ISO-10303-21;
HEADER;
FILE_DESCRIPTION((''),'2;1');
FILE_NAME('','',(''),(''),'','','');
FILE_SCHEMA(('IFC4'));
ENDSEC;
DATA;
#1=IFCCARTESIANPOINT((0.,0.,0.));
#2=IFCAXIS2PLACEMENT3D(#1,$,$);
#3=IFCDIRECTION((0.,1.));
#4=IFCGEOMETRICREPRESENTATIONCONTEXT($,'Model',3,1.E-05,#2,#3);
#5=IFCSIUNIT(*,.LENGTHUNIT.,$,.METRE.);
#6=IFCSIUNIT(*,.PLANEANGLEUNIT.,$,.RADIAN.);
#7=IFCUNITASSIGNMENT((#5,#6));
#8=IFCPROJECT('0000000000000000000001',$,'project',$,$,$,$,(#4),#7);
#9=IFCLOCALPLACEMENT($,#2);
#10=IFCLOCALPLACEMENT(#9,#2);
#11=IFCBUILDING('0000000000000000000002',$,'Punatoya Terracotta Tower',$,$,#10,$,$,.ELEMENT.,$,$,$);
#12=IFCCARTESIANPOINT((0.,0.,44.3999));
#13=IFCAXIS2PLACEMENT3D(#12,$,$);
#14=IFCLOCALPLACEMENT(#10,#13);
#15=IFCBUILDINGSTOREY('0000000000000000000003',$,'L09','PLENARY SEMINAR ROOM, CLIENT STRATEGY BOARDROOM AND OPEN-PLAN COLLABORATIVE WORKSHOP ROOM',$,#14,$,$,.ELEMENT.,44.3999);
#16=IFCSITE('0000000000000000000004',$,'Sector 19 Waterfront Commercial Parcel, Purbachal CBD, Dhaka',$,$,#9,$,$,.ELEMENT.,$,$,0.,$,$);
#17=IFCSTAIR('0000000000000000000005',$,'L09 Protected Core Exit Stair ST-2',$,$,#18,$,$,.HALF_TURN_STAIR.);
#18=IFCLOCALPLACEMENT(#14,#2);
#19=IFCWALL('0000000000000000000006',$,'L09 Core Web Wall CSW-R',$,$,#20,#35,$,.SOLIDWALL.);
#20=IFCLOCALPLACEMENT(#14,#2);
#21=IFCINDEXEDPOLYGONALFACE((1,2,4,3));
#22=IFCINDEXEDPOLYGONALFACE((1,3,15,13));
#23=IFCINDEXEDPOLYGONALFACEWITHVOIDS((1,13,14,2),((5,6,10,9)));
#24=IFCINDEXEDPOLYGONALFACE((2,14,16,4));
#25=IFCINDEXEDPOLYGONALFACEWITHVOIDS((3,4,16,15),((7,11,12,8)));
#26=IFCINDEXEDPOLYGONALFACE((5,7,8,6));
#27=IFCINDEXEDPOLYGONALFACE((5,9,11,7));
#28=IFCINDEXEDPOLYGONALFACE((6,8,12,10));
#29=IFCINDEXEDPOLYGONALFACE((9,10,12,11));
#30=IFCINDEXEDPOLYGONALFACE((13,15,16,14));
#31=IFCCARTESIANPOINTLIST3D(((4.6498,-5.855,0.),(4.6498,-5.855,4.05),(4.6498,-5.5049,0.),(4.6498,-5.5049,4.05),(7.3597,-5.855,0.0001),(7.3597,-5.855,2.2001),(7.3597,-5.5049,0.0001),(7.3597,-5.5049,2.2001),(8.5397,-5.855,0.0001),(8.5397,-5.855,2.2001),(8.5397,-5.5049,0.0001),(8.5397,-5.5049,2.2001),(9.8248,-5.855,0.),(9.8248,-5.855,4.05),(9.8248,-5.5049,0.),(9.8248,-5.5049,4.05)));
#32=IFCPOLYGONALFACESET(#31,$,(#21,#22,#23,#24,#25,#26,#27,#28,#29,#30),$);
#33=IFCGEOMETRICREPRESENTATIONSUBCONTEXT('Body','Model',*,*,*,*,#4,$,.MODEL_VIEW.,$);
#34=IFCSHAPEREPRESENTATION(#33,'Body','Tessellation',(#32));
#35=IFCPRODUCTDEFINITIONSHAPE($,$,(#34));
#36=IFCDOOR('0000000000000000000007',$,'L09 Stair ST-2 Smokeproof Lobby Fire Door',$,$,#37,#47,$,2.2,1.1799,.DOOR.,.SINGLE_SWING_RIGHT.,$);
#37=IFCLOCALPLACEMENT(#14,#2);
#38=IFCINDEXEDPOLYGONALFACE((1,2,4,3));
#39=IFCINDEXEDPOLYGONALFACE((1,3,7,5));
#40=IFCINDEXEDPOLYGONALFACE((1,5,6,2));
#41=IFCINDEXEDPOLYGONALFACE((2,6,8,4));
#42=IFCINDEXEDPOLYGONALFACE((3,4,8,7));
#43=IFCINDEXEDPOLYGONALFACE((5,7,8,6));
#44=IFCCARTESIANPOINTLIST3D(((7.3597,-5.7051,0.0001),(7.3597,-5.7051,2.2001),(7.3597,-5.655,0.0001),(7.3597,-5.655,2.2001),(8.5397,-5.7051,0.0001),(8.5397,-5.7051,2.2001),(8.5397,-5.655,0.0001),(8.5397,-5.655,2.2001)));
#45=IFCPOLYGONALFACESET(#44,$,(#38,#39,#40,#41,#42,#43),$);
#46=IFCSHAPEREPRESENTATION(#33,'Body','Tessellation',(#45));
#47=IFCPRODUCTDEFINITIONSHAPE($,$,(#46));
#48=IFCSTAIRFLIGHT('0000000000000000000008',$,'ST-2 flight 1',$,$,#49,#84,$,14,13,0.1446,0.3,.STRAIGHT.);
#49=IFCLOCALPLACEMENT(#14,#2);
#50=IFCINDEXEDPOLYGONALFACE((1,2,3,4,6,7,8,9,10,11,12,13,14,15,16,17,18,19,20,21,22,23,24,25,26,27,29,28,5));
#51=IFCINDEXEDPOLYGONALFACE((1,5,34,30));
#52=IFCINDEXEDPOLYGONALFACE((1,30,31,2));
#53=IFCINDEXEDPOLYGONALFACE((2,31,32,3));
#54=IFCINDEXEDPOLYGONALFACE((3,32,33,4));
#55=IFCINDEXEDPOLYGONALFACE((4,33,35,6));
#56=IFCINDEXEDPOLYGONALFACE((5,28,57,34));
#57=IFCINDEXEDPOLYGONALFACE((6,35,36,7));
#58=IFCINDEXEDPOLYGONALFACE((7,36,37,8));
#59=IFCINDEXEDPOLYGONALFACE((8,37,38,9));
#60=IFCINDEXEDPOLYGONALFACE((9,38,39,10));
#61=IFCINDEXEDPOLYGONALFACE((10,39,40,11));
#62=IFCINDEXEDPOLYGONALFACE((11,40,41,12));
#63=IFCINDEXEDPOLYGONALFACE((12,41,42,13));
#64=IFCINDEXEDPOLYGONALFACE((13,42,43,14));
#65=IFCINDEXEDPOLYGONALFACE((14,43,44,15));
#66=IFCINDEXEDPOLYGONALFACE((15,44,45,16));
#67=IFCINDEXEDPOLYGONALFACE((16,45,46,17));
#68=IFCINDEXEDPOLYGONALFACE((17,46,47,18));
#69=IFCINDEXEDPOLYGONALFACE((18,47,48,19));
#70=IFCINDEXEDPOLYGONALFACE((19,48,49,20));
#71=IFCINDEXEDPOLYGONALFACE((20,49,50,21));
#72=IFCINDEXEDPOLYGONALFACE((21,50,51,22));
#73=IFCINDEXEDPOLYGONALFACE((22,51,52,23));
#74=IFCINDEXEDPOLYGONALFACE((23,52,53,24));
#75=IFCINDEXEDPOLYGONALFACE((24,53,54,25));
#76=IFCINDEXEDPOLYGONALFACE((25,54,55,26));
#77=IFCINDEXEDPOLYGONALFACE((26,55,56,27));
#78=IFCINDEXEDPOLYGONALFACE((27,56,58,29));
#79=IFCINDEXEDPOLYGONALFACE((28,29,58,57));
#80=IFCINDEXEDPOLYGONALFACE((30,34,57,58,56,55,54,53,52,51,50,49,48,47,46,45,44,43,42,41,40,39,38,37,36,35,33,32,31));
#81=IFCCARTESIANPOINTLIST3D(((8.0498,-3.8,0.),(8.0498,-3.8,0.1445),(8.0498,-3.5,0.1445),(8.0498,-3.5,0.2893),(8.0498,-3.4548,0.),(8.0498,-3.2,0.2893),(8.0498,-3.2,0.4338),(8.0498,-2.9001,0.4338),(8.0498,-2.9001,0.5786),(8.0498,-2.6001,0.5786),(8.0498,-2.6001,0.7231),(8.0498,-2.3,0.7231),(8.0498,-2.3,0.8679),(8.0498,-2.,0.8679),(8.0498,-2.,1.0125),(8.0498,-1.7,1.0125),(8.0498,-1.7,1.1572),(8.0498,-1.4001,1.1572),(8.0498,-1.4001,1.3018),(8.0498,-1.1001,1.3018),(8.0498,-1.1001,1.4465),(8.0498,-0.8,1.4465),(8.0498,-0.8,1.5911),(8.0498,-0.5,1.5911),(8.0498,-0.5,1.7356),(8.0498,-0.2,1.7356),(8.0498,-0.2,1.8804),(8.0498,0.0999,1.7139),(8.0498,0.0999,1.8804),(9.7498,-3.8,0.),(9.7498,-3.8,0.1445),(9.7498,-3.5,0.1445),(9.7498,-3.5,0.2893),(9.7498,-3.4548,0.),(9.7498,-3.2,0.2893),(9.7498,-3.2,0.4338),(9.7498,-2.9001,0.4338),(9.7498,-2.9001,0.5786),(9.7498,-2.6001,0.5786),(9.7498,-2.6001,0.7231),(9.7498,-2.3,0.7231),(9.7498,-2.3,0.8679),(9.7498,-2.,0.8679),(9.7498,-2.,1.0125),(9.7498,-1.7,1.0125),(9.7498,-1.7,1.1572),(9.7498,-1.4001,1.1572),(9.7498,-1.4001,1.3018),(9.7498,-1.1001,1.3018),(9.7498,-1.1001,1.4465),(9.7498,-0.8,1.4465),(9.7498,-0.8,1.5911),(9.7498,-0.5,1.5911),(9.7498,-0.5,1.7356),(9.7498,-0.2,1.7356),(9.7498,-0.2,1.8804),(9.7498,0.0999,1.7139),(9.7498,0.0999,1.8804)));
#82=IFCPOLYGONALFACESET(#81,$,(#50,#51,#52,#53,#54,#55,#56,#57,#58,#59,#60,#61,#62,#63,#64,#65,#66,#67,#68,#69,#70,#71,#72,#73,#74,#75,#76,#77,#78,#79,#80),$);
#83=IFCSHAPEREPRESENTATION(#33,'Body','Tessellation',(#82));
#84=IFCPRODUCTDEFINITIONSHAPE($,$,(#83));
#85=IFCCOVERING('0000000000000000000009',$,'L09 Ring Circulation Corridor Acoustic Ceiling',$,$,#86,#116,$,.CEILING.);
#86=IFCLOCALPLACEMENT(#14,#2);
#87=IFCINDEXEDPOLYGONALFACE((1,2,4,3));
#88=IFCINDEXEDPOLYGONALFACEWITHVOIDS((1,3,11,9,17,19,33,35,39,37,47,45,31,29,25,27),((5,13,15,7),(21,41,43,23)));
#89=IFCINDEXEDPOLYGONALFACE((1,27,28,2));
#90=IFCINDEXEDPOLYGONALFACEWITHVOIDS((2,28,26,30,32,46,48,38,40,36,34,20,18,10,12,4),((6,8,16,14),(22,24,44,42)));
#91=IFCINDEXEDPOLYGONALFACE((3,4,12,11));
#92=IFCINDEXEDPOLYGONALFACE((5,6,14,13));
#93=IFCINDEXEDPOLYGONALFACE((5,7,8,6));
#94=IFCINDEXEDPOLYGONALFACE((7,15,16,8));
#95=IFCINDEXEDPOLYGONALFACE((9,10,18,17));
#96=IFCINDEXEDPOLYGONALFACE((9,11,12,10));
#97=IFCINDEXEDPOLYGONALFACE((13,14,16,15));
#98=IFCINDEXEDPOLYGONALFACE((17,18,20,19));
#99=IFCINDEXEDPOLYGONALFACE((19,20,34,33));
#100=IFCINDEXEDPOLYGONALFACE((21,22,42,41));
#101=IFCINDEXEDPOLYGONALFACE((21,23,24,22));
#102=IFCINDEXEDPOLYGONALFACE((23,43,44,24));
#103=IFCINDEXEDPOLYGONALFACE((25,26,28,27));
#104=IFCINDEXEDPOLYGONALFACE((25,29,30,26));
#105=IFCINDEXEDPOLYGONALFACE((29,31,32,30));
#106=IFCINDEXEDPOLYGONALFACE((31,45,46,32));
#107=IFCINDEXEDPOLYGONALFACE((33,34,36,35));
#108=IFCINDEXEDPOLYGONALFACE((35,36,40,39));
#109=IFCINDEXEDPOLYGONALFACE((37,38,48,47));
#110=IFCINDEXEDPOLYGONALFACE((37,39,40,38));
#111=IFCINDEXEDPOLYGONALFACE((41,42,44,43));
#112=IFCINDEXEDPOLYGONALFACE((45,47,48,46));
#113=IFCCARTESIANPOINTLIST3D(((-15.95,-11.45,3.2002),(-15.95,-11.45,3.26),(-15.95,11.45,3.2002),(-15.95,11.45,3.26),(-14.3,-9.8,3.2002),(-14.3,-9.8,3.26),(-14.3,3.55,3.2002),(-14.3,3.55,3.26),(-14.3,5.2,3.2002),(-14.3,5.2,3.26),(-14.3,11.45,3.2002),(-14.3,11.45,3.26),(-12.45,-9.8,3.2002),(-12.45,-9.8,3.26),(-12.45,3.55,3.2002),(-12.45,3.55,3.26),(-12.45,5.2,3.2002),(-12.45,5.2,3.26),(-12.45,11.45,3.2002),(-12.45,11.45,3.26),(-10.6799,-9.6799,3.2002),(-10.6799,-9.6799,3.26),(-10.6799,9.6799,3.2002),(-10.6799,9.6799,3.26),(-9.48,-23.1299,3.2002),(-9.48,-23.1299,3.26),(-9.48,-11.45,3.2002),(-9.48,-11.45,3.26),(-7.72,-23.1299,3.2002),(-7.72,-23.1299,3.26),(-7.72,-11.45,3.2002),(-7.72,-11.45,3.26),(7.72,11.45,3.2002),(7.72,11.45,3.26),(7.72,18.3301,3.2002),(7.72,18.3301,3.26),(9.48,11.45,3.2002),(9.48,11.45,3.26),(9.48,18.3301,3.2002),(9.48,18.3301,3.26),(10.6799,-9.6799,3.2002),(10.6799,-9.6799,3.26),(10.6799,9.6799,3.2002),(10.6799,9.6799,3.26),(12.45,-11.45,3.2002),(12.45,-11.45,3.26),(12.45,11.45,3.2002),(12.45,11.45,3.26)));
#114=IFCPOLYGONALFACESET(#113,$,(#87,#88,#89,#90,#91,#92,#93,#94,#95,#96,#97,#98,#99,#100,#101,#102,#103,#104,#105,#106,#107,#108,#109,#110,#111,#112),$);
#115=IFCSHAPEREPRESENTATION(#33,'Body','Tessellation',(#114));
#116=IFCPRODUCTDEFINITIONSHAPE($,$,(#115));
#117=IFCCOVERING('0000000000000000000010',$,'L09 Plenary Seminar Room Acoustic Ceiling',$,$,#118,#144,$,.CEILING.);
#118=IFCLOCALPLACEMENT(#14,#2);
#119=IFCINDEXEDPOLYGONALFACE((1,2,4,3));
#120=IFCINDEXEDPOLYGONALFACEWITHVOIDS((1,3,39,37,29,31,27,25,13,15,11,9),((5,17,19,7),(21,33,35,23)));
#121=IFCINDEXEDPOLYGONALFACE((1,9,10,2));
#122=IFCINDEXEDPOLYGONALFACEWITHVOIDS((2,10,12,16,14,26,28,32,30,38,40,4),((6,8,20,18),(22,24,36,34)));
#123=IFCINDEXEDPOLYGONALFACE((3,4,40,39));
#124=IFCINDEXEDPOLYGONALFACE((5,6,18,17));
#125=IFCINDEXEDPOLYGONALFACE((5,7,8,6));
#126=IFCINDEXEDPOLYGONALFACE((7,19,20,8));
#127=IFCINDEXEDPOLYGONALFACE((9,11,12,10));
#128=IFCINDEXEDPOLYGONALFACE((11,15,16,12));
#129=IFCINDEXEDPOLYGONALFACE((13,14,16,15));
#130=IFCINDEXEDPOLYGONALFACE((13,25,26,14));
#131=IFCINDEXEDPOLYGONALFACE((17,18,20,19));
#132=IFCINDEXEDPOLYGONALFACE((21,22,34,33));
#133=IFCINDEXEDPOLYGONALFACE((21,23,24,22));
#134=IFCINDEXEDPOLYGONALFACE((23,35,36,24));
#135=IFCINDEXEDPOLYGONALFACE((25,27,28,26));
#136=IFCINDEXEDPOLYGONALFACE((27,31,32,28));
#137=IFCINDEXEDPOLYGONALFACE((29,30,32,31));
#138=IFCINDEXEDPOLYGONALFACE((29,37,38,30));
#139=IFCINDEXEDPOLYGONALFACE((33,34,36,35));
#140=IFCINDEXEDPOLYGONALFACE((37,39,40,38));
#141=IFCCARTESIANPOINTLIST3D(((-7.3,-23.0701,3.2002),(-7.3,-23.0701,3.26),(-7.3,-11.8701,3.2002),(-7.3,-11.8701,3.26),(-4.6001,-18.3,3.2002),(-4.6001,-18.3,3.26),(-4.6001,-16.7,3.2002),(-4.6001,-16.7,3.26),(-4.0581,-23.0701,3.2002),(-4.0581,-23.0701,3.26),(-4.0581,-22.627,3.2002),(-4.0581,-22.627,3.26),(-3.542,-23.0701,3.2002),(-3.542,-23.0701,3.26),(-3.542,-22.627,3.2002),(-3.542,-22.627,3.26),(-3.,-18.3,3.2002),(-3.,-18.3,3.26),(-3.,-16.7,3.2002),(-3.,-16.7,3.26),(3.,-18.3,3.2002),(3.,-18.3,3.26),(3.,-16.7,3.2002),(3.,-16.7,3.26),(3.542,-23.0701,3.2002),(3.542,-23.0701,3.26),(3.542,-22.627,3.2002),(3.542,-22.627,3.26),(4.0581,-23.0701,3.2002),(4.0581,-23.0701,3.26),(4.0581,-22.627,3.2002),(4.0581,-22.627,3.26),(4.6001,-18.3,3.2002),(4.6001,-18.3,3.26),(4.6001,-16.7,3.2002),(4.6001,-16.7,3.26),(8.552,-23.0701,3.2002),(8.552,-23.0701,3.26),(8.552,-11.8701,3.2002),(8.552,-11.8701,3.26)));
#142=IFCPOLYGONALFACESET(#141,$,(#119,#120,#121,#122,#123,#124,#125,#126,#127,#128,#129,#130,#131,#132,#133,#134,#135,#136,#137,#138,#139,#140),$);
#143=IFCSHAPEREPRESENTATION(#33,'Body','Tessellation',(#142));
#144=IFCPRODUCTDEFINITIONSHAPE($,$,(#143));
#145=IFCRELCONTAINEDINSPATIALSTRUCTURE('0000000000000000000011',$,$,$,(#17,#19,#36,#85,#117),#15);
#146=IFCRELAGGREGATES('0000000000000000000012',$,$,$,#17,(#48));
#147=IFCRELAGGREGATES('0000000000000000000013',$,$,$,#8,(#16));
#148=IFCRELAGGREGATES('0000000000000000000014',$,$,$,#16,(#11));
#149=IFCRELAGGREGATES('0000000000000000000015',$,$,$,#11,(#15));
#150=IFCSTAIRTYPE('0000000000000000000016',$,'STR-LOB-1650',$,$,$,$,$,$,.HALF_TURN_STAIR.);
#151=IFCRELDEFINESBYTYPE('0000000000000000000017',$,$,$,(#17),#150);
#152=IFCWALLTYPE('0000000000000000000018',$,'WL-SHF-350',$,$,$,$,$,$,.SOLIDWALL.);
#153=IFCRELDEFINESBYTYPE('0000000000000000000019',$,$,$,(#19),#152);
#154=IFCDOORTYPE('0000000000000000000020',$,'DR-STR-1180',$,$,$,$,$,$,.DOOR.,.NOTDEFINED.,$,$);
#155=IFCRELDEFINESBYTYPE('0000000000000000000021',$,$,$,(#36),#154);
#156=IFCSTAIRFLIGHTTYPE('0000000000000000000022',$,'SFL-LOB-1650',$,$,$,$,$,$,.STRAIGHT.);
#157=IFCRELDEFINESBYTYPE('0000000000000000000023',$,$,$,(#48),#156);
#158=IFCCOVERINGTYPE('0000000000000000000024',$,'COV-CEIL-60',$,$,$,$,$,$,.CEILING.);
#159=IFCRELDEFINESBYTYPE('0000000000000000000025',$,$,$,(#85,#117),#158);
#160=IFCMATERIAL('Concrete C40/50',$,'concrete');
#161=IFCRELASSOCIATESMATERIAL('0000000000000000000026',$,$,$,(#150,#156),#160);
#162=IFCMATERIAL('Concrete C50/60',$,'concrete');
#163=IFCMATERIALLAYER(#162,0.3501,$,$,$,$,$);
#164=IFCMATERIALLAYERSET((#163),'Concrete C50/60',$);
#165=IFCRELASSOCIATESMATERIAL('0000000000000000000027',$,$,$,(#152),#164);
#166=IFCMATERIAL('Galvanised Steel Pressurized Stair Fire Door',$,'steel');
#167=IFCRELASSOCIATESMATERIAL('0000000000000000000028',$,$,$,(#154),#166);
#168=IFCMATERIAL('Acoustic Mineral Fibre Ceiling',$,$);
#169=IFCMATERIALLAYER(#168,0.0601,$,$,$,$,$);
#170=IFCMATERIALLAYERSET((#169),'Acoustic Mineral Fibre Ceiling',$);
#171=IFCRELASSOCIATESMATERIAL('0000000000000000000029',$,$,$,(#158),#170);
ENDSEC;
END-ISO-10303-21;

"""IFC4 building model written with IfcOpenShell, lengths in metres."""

from ifc_helpers import new_model, si_unit, direction, frame, frame_2d, origin, place, context, subcontext, project, spatial, polyline, rectangle, outline, extrude, material, layer, layer_set, type_object, element, fill, aggregate, save


model = new_model("IFC4")

# Units and contexts
model_context = context("Model", 3, precision=1e-05, world=origin(), true_north=direction((0.0, 1.0)))
body_context = subcontext(model_context, "Body", "Model", "MODEL_VIEW")
ifc_project = project(units=[si_unit("LENGTHUNIT", "METRE"), si_unit("PLANEANGLEUNIT", "RADIAN")], contexts=[model_context])

# Site, building, storey
site_placement = place(None, origin())
site = spatial("IfcSite", under=ifc_project, at=site_placement, Name="Sector 19 Waterfront Commercial Parcel, Purbachal CBD, Dhaka", CompositionType="ELEMENT", RefElevation=0.0)
building_placement = place(site_placement, origin())
building = spatial("IfcBuilding", under=site, at=building_placement, Name="Punatoya Terracotta Tower", CompositionType="ELEMENT")
storey_placement = place(building_placement, frame((0.0, 0.0, 44.3999)))
storey = spatial("IfcBuildingStorey", under=building, at=storey_placement, Name="L09", Description="PLENARY SEMINAR ROOM, CLIENT STRATEGY BOARDROOM AND OPEN-PLAN COLLABORATIVE WORKSHOP ROOM", CompositionType="ELEMENT", Elevation=44.3999)

# Stair
ifc_material_1 = material(Name="Concrete C40/50", Category="concrete")
stair_type_1 = type_object("IfcStairType", Name="STR-LOB-1650", PredefinedType="HALF_TURN_STAIR", material=ifc_material_1)
stair_1_placement = place(storey_placement, origin())
stair_1 = element("IfcStair", 1, at=stair_1_placement, inside=storey, type_object=stair_type_1, Name="L09 Protected Core Exit Stair ST-2", PredefinedType="HALF_TURN_STAIR")

# Wall, opening, door
ifc_material_2 = material(Name="Concrete C50/60", Category="concrete")
ifc_layer_1 = layer(ifc_material_2, 0.3501)
ifc_layer_set_1 = layer_set([ifc_layer_1], Name="Concrete C50/60")
wall_type_1 = type_object("IfcWallType", Name="WL-SHF-350", PredefinedType="SOLIDWALL", material=ifc_layer_set_1)
wall_1_placement = place(storey_placement, frame((4.6499, -5.6799, 0.0), z_axis=(0.0, 0.0, 1.0), x_axis=(1.0, 0.0, 0.0)))
wall_1 = element("IfcWall", 2, at=wall_1_placement, inside=storey, type_object=wall_type_1, Name="L09 Core Web Wall CSW-R", PredefinedType="SOLIDWALL", context=body_context, shape_type="SweptSolid", body=[
    extrude(rectangle(XDim=5.175, YDim=0.3501, at=frame_2d((2.5874, 0.0))), origin(), (0.0, 0.0, 1.0), 4.05),
])
opening_1_placement = place(wall_1_placement, frame((2.71, 0.0, 0.0)))
opening_1 = element("IfcOpeningElement", 3, at=opening_1_placement, cuts=wall_1, PredefinedType="OPENING", context=body_context, shape_type="SweptSolid", body=[
    extrude(rectangle(XDim=1.1799, YDim=2.2, at=frame_2d((0.5898, 1.1001))), frame((0.0, 0.1851, 0.0), z_axis=(0.0, -1.0, 0.0), x_axis=(1.0, 0.0, 0.0)), (0.0, 0.0, 1.0), 0.3701),
])
ifc_material_3 = material(Name="Galvanised Steel Pressurized Stair Fire Door", Category="steel")
door_type_1 = type_object("IfcDoorType", Name="DR-STR-1180", OperationType="NOTDEFINED", PredefinedType="DOOR", material=ifc_material_3)
door_1_placement = place(opening_1_placement, origin())
door_1 = element("IfcDoor", 4, at=door_1_placement, inside=storey, type_object=door_type_1, Name="L09 Stair ST-2 Smokeproof Lobby Fire Door", OperationType="SINGLE_SWING_RIGHT", OverallHeight=2.2, OverallWidth=1.1799, PredefinedType="DOOR", context=body_context, shape_type="SweptSolid", body=[
    extrude(rectangle(XDim=1.1799, YDim=2.2, at=frame_2d((0.5898, 1.1001))), frame((0.0, 0.0249, 0.0), z_axis=(0.0, -1.0, 0.0), x_axis=(1.0, 0.0, 0.0)), (0.0, 0.0, 1.0), 0.05),
])
fill(opening_1, door_1)

# Stair flight
stair_flight_type = type_object("IfcStairFlightType", Name="SFL-LOB-1650", PredefinedType="STRAIGHT", material=ifc_material_1)
stair_flight_placement = place(storey_placement, frame((8.8999, -3.8, 0.0), z_axis=(0.0, 0.0, 1.0), x_axis=(0.0, 1.0, 0.0)))
stair_flight = element("IfcStairFlight", 5, at=stair_flight_placement, type_object=stair_flight_type, Name="ST-2 flight 1", NumberOfRisers=14, NumberOfTreads=13, PredefinedType="STRAIGHT", RiserHeight=0.1446, TreadLength=0.3, context=body_context, shape_type="SweptSolid", body=[
    extrude(outline(polyline([(0.0, 0.0), (0.0, 0.1445), (0.3, 0.1445), (0.3, 0.2893), (0.6001, 0.2893), (0.6001, 0.4338), (0.8999, 0.4338), (0.8999, 0.5786), (1.2, 0.5786), (1.2, 0.7231), (1.5, 0.7231), (1.5, 0.8679), (1.8, 0.8679), (1.8, 1.0125), (2.1001, 1.0125), (2.1001, 1.1572), (2.3999, 1.1572), (2.3999, 1.3018), (2.7, 1.3018), (2.7, 1.4465), (3.0, 1.4465), (3.0, 1.5911), (3.3, 1.5911), (3.3, 1.7356), (3.6001, 1.7356), (3.6001, 1.8804), (3.8999, 1.8804), (3.8999, 2.0249), (3.8999, 1.7139), (0.3452, 0.0), (0.0, 0.0)])), frame((0.0, 0.8501, 0.0), z_axis=(0.0, -1.0, 0.0), x_axis=(1.0, 0.0, 0.0)), (0.0, 0.0, 1.0), 1.7),
])
aggregate(stair_1, [stair_flight])

# Coverings
ifc_material_4 = material(Name="Acoustic Mineral Fibre Ceiling")
ifc_layer_2 = layer(ifc_material_4, 0.0601)
ifc_layer_set_2 = layer_set([ifc_layer_2], Name="Acoustic Mineral Fibre Ceiling")
covering_type = type_object("IfcCoveringType", Name="COV-CEIL-60", PredefinedType="CEILING", material=ifc_layer_set_2)
covering_1_placement = place(storey_placement, frame((0.0, 0.0, 3.2002)))
element("IfcCovering", 6, at=covering_1_placement, inside=storey, type_object=covering_type, Name="L09 Ring Circulation Corridor Acoustic Ceiling", PredefinedType="CEILING", context=body_context, shape_type="SweptSolid", body=[
    extrude(outline(polyline([(-12.45, 5.2), (-14.3, 5.2), (-14.3, 11.45), (-15.95, 11.45), (-15.95, -11.45), (-9.48, -11.45), (-9.48, -23.1299), (-7.72, -23.1299), (-7.72, -11.45), (12.45, -11.45), (12.45, 11.45), (9.48, 11.45), (9.48, 18.3301), (7.72, 18.3301), (7.72, 11.45), (-12.45, 11.45), (-12.45, 5.2)]), holes=[polyline([(10.6799, -9.6799), (-10.6799, -9.6799), (-10.6799, 9.6799), (10.6799, 9.6799), (10.6799, -9.6799)]), polyline([(-12.45, -9.8), (-14.3, -9.8), (-14.3, 3.55), (-12.45, 3.55), (-12.45, -9.8)])]), origin(), (0.0, 0.0, 1.0), 0.0598),
])
covering_2_placement = place(storey_placement, frame((0.0, 0.0, 3.2002)))
element("IfcCovering", 7, at=covering_2_placement, inside=storey, type_object=covering_type, Name="L09 Plenary Seminar Room Acoustic Ceiling", PredefinedType="CEILING", context=body_context, shape_type="SweptSolid", body=[
    extrude(outline(polyline([(-3.542, -23.0701), (3.542, -23.0701), (3.542, -22.627), (4.0581, -22.627), (4.0581, -23.0701), (8.552, -23.0701), (8.552, -11.8701), (-7.3, -11.8701), (-7.3, -23.0701), (-4.0581, -23.0701), (-4.0581, -22.627), (-3.542, -22.627), (-3.542, -23.0701)]), holes=[polyline([(4.6001, -16.7), (4.6001, -18.3), (3.0, -18.3), (3.0, -16.7), (4.6001, -16.7)]), polyline([(-4.6001, -16.7), (-3.0, -16.7), (-3.0, -18.3), (-4.6001, -18.3), (-4.6001, -16.7)])]), origin(), (0.0, 0.0, 1.0), 0.0598),
])

save(model, "model.ifc")
